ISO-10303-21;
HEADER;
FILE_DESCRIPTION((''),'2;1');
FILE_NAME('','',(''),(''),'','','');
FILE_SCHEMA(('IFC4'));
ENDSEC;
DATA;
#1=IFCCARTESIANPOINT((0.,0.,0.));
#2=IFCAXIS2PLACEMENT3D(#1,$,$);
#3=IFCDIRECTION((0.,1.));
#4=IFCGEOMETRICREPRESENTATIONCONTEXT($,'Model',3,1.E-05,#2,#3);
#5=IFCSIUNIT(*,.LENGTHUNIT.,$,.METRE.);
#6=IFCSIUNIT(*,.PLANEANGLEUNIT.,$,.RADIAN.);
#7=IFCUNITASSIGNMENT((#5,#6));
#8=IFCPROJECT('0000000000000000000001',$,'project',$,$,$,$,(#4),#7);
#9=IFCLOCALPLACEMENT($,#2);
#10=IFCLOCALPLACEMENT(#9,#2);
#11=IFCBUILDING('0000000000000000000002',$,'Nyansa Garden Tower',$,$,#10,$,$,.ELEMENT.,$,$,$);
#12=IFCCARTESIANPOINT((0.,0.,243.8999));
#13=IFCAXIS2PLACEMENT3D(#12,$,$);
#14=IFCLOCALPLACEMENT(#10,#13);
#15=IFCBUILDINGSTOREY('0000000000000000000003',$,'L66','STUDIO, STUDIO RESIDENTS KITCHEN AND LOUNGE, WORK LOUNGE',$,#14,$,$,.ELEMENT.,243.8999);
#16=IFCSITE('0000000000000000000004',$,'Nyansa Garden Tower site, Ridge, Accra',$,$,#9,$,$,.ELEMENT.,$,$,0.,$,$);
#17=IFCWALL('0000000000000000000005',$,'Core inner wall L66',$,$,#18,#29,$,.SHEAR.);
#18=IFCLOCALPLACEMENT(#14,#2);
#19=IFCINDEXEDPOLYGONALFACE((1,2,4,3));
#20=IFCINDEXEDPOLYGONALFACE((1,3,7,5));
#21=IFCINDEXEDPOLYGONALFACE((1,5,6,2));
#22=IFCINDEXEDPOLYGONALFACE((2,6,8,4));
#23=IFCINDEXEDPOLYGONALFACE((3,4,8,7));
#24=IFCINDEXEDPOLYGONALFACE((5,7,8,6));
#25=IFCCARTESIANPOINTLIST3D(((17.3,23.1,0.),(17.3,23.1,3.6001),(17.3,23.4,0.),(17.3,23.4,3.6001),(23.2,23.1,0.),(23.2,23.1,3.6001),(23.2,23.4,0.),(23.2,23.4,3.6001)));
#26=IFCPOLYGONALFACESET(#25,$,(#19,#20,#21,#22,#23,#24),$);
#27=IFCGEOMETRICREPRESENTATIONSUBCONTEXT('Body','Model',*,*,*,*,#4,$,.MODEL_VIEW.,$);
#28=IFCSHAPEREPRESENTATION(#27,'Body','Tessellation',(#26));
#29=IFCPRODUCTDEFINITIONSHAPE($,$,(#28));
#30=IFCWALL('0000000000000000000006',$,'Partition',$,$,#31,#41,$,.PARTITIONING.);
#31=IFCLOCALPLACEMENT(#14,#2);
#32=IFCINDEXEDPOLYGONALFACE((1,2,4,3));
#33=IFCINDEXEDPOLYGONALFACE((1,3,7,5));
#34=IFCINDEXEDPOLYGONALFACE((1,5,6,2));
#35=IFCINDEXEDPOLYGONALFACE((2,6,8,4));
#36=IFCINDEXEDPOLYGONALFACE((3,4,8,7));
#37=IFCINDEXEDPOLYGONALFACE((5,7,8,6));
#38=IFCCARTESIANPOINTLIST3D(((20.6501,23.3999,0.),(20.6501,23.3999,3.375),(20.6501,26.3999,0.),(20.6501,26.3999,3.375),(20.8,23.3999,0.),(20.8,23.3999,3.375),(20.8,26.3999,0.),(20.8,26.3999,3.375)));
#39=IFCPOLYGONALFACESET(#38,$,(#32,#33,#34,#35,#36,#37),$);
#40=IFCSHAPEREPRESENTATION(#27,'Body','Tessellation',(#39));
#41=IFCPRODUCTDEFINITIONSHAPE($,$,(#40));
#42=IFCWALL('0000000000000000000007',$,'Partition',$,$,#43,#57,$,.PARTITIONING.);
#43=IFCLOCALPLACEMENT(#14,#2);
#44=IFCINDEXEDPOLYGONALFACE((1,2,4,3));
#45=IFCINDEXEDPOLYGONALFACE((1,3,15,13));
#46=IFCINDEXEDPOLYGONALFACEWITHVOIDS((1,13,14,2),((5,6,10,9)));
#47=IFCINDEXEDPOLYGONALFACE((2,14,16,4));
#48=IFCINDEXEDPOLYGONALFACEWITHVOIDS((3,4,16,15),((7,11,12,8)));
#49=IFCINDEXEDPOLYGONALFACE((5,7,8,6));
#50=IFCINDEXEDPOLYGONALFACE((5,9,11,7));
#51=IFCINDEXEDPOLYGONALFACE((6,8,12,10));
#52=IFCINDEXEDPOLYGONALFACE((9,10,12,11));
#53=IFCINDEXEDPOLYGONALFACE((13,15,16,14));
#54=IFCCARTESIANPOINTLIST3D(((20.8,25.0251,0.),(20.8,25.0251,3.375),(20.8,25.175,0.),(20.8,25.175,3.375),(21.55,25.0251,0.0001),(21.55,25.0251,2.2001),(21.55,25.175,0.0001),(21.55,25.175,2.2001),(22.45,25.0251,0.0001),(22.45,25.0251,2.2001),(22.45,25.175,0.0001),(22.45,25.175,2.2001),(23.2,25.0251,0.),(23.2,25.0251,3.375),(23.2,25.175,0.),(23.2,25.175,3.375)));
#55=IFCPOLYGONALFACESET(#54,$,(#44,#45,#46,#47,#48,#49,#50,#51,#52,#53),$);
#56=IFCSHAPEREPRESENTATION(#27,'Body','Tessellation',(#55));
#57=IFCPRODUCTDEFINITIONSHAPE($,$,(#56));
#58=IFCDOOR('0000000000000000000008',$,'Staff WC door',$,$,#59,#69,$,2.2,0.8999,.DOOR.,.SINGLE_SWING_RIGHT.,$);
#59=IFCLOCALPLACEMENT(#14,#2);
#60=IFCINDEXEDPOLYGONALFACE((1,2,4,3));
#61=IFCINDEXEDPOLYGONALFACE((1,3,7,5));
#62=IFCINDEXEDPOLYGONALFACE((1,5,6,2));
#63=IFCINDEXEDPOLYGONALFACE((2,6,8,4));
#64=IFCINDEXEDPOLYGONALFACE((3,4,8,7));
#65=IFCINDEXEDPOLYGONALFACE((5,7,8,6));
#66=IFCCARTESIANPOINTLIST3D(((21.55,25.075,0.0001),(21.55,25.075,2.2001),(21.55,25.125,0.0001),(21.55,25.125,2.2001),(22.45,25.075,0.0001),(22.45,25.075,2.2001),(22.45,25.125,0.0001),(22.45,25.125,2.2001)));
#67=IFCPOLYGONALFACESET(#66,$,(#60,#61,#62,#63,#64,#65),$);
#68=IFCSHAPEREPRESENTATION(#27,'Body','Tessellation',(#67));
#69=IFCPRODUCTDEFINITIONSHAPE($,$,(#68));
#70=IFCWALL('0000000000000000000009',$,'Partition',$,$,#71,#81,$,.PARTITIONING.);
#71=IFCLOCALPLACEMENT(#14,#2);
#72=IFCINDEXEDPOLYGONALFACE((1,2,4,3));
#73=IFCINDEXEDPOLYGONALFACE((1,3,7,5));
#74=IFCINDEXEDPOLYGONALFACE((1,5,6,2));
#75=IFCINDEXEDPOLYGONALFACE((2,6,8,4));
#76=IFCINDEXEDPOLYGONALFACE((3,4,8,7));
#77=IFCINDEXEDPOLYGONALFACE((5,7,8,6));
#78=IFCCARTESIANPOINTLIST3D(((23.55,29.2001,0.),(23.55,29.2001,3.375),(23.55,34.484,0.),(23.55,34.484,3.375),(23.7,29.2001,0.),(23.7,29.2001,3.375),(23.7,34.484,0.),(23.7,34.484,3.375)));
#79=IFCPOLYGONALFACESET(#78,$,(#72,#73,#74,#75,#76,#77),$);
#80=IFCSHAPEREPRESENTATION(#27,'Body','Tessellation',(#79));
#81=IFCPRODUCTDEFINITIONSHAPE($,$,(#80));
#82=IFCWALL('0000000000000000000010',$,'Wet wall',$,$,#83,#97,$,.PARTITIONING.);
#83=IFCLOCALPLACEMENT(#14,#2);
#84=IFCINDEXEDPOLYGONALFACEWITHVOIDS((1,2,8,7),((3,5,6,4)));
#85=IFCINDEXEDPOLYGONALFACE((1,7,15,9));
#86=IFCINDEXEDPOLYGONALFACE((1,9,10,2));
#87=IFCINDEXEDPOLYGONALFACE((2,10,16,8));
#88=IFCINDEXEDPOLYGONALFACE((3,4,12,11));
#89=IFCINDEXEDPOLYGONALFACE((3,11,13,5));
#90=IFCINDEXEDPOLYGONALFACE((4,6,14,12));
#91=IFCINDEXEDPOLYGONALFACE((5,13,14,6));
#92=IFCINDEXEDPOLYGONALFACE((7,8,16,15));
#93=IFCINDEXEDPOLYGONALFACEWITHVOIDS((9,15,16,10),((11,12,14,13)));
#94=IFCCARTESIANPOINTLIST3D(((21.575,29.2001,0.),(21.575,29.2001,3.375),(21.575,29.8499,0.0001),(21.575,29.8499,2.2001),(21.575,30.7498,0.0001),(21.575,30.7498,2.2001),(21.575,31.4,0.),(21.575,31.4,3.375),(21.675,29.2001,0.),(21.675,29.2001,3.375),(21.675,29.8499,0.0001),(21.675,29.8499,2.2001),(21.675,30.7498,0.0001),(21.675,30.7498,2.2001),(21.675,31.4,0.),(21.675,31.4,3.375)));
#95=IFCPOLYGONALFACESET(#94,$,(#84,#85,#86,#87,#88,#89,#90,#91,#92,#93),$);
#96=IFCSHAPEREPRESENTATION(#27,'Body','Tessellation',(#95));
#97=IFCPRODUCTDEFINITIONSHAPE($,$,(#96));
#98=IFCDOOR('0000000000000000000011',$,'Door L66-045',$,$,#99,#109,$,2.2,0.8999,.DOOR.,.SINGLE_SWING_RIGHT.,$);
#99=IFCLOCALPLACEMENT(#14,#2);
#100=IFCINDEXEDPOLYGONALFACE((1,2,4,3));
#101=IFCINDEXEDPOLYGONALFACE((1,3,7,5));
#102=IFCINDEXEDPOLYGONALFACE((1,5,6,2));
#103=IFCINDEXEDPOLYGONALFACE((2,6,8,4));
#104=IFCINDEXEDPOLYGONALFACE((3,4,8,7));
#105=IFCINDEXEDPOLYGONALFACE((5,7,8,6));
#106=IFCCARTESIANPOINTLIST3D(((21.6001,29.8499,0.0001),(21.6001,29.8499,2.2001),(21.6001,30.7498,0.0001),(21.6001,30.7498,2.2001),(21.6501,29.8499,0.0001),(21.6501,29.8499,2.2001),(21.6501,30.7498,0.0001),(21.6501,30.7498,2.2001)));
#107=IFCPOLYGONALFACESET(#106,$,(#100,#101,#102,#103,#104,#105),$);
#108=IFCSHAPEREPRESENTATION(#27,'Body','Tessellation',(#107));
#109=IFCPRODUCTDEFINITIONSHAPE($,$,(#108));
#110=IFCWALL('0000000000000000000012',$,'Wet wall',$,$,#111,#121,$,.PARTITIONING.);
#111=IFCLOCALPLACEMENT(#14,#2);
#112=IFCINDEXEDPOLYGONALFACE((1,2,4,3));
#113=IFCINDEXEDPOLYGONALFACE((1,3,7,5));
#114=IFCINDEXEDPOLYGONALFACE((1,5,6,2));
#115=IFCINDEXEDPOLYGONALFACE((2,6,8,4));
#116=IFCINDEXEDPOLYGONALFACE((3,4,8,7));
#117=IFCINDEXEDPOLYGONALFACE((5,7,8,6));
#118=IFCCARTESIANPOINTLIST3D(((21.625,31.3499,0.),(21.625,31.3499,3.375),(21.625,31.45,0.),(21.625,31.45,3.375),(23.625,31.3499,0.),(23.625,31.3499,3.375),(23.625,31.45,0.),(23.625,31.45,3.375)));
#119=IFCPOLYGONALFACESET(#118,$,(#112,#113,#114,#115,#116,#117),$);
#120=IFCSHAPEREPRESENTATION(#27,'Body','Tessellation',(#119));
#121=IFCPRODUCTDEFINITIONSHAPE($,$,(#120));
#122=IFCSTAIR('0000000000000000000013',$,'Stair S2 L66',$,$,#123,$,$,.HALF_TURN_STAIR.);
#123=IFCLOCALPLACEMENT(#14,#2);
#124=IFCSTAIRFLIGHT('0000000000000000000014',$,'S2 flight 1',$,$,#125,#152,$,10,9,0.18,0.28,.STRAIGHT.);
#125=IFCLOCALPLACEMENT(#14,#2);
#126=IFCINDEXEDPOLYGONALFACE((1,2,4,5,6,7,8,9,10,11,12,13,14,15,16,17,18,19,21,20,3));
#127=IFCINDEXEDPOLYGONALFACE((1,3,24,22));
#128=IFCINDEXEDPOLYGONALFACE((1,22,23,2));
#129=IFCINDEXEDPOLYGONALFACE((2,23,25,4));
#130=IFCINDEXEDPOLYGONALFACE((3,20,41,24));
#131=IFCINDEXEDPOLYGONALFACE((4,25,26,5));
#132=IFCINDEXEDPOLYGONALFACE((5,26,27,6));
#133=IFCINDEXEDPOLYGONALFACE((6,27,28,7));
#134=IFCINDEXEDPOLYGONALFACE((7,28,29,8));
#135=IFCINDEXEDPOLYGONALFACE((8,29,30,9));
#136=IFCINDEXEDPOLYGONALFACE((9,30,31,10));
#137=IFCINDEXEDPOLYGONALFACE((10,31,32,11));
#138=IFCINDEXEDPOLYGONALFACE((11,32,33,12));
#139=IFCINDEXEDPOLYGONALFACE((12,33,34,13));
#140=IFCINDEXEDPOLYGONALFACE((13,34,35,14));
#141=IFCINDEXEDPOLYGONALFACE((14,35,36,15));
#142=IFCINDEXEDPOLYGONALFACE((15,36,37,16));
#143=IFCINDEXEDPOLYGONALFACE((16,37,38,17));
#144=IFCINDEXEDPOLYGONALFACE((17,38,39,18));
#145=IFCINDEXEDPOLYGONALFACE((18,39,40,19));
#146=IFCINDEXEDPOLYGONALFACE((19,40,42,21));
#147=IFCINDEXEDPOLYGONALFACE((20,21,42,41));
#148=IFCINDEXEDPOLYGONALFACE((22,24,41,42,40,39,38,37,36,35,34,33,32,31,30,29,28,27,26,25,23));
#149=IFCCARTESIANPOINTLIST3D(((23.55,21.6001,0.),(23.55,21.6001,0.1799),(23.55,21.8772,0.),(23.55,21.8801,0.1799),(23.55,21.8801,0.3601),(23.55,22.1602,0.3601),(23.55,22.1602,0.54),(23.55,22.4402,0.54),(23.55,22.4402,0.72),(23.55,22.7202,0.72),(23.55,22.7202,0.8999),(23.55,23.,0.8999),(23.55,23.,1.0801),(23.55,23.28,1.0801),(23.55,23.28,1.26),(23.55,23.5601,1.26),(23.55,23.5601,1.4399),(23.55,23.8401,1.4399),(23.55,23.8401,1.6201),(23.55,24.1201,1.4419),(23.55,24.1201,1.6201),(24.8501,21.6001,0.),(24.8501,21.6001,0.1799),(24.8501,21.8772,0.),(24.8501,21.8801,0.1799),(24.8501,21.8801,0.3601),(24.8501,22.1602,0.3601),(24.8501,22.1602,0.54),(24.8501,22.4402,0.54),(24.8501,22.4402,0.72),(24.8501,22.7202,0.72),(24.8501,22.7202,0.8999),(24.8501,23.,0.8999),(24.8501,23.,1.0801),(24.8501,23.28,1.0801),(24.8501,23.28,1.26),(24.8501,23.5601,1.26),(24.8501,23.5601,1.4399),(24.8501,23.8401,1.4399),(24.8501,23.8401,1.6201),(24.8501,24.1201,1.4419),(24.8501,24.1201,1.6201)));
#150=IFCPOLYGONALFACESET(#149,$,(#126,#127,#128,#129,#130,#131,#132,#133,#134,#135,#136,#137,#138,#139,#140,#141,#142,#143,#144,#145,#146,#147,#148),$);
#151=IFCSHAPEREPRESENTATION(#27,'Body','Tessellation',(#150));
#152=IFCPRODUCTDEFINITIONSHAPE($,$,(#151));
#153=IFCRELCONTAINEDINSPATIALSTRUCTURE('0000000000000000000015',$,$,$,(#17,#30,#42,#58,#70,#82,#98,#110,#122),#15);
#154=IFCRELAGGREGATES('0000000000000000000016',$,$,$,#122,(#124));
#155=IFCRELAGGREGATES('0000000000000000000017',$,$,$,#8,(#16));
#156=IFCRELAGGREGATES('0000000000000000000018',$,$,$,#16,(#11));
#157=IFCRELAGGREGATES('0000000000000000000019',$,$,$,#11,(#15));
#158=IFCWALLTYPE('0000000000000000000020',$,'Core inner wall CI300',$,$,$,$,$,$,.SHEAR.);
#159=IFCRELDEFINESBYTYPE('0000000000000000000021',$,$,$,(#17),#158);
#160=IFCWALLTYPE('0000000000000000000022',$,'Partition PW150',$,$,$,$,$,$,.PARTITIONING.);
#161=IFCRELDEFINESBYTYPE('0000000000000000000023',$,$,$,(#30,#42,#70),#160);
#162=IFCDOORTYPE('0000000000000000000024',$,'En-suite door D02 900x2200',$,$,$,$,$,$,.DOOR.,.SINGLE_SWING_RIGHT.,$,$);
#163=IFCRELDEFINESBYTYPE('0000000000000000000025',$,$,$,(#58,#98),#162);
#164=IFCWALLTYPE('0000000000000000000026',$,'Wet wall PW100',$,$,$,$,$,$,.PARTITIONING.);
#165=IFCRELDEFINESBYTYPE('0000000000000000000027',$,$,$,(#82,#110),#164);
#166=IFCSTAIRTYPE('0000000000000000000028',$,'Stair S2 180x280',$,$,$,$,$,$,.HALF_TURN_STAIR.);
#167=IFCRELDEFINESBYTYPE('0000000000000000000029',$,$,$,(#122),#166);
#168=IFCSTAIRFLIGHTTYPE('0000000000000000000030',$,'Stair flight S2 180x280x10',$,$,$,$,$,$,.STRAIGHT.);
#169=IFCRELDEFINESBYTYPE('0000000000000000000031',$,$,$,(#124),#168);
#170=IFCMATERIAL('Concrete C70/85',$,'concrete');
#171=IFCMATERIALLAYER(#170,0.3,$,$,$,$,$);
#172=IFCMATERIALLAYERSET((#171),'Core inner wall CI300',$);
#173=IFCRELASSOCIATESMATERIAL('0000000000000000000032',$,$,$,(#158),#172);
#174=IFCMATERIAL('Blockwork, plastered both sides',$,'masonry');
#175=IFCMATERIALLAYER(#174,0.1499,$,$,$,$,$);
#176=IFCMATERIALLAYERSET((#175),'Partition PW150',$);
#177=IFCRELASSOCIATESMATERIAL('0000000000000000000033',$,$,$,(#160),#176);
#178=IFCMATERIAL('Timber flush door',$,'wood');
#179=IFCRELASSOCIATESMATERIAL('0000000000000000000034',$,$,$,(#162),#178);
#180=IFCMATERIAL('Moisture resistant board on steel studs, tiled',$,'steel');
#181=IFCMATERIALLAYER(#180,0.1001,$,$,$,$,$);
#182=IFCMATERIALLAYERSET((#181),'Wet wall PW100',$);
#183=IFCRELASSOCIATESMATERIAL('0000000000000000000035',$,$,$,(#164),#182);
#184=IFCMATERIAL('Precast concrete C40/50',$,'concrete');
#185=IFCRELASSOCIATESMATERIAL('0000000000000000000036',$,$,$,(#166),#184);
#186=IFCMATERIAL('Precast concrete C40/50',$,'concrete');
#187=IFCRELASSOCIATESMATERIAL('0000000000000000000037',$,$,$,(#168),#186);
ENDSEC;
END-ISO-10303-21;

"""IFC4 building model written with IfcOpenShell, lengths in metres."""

from ifc_helpers import new_model, si_unit, direction, frame, frame_2d, origin, place, context, subcontext, project, spatial, polyline, rectangle, outline, extrude, material, layer, layer_set, type_object, element, fill, aggregate, save


model = new_model("IFC4")

# Units and contexts
model_context = context("Model", 3, precision=1e-05, world=origin(), true_north=direction((0.0, 1.0)))
body_context = subcontext(model_context, "Body", "Model", "MODEL_VIEW")
ifc_project = project(units=[si_unit("LENGTHUNIT", "METRE"), si_unit("PLANEANGLEUNIT", "RADIAN")], contexts=[model_context])

# Site, building, storey
site_placement = place(None, origin())
site = spatial("IfcSite", under=ifc_project, at=site_placement, Name="Nyansa Garden Tower site, Ridge, Accra", CompositionType="ELEMENT", RefElevation=0.0)
building_placement = place(site_placement, origin())
building = spatial("IfcBuilding", under=site, at=building_placement, Name="Nyansa Garden Tower", CompositionType="ELEMENT")
storey_placement = place(building_placement, frame((0.0, 0.0, 243.8999)))
storey = spatial("IfcBuildingStorey", under=building, at=storey_placement, Name="L66", Description="STUDIO, STUDIO RESIDENTS KITCHEN AND LOUNGE, WORK LOUNGE", CompositionType="ELEMENT", Elevation=243.8999)

# Walls
ifc_material_1 = material(Name="Concrete C70/85", Category="concrete")
ifc_layer_1 = layer(ifc_material_1, 0.3)
ifc_layer_set_1 = layer_set([ifc_layer_1], Name="Core inner wall CI300")
wall_type_1 = type_object("IfcWallType", Name="Core inner wall CI300", PredefinedType="SHEAR", material=ifc_layer_set_1)
wall_1_placement = place(storey_placement, frame((17.3, 23.25, 0.0), z_axis=(0.0, 0.0, 1.0), x_axis=(1.0, 0.0, 0.0)))
element("IfcWall", 1, at=wall_1_placement, inside=storey, type_object=wall_type_1, Name="Core inner wall L66", PredefinedType="SHEAR", context=body_context, shape_type="SweptSolid", body=[
    extrude(rectangle(XDim=5.8999, YDim=0.3, at=frame_2d((2.95, 0.0))), origin(), (0.0, 0.0, 1.0), 3.6001),
])
ifc_material_2 = material(Name="Blockwork, plastered both sides", Category="masonry")
ifc_layer_2 = layer(ifc_material_2, 0.1499)
ifc_layer_set_2 = layer_set([ifc_layer_2], Name="Partition PW150")
wall_type_2 = type_object("IfcWallType", Name="Partition PW150", PredefinedType="PARTITIONING", material=ifc_layer_set_2)
wall_2_placement = place(storey_placement, frame((20.7251, 23.3999, 0.0), z_axis=(0.0, 0.0, 1.0), x_axis=(0.0, 1.0, 0.0)))
element("IfcWall", 2, at=wall_2_placement, inside=storey, type_object=wall_type_2, Name="Partition", PredefinedType="PARTITIONING", context=body_context, shape_type="SweptSolid", body=[
    extrude(rectangle(XDim=3.0, YDim=0.1499, at=frame_2d((1.5, 0.0))), origin(), (0.0, 0.0, 1.0), 3.375),
])

# Wall, opening, door
wall_3_placement = place(storey_placement, frame((20.8, 25.1001, 0.0), z_axis=(0.0, 0.0, 1.0), x_axis=(1.0, 0.0, 0.0)))
wall_3 = element("IfcWall", 3, at=wall_3_placement, inside=storey, type_object=wall_type_2, Name="Partition", PredefinedType="PARTITIONING", context=body_context, shape_type="SweptSolid", body=[
    extrude(rectangle(XDim=2.3999, YDim=0.1499, at=frame_2d((1.2, 0.0))), origin(), (0.0, 0.0, 1.0), 3.375),
])
opening_1_placement = place(wall_3_placement, frame((0.75, 0.0, 0.0)))
opening_1 = element("IfcOpeningElement", 4, at=opening_1_placement, cuts=wall_3, PredefinedType="OPENING", context=body_context, shape_type="SweptSolid", body=[
    extrude(rectangle(XDim=0.8999, YDim=2.2, at=frame_2d((0.45, 1.1001))), frame((0.0, 0.085, 0.0), z_axis=(0.0, -1.0, 0.0), x_axis=(1.0, 0.0, 0.0)), (0.0, 0.0, 1.0), 0.1699),
])
ifc_material_3 = material(Name="Timber flush door", Category="wood")
door_type = type_object("IfcDoorType", Name="En-suite door D02 900x2200", OperationType="SINGLE_SWING_RIGHT", PredefinedType="DOOR", material=ifc_material_3)
door_1_placement = place(opening_1_placement, origin())
door_1 = element("IfcDoor", 5, at=door_1_placement, inside=storey, type_object=door_type, Name="Staff WC door", OperationType="SINGLE_SWING_RIGHT", OverallHeight=2.2, OverallWidth=0.8999, PredefinedType="DOOR", context=body_context, shape_type="SweptSolid", body=[
    extrude(rectangle(XDim=0.8999, YDim=2.2, at=frame_2d((0.45, 1.1001))), frame((0.0, 0.0249, 0.0), z_axis=(0.0, -1.0, 0.0), x_axis=(1.0, 0.0, 0.0)), (0.0, 0.0, 1.0), 0.05),
])
fill(opening_1, door_1)

# Wall
wall_4_placement = place(storey_placement, frame((23.625, 29.2, 0.0), z_axis=(0.0, 0.0, 1.0), x_axis=(0.0, 1.0, 0.0)))
element("IfcWall", 6, at=wall_4_placement, inside=storey, type_object=wall_type_2, Name="Partition", PredefinedType="PARTITIONING", context=body_context, shape_type="SweptSolid", body=[
    extrude(rectangle(XDim=5.2839, YDim=0.1499, at=frame_2d((2.6421, 0.0))), origin(), (0.0, 0.0, 1.0), 3.375),
])

# Wall, opening, door
ifc_material_4 = material(Name="Moisture resistant board on steel studs, tiled", Category="steel")
ifc_layer_3 = layer(ifc_material_4, 0.1001)
ifc_layer_set_3 = layer_set([ifc_layer_3], Name="Wet wall PW100")
wall_type_3 = type_object("IfcWallType", Name="Wet wall PW100", PredefinedType="PARTITIONING", material=ifc_layer_set_3)
wall_5_placement = place(storey_placement, frame((21.625, 29.2, 0.0), z_axis=(0.0, 0.0, 1.0), x_axis=(0.0, 1.0, 0.0)))
wall_5 = element("IfcWall", 7, at=wall_5_placement, inside=storey, type_object=wall_type_3, Name="Wet wall", PredefinedType="PARTITIONING", context=body_context, shape_type="SweptSolid", body=[
    extrude(rectangle(XDim=2.2, YDim=0.1001, at=frame_2d((1.1001, 0.0))), origin(), (0.0, 0.0, 1.0), 3.375),
])
opening_2_placement = place(wall_5_placement, frame((0.6499, 0.0, 0.0)))
opening_2 = element("IfcOpeningElement", 8, at=opening_2_placement, cuts=wall_5, PredefinedType="OPENING", context=body_context, shape_type="SweptSolid", body=[
    extrude(rectangle(XDim=0.8999, YDim=2.2, at=frame_2d((0.45, 1.1001))), frame((0.0, 0.0601, 0.0), z_axis=(0.0, -1.0, 0.0), x_axis=(1.0, 0.0, 0.0)), (0.0, 0.0, 1.0), 0.1201),
])
door_2_placement = place(opening_2_placement, origin())
door_2 = element("IfcDoor", 9, at=door_2_placement, inside=storey, type_object=door_type, Name="Door L66-045", OperationType="SINGLE_SWING_RIGHT", OverallHeight=2.2, OverallWidth=0.8999, PredefinedType="DOOR", context=body_context, shape_type="SweptSolid", body=[
    extrude(rectangle(XDim=0.8999, YDim=2.2, at=frame_2d((0.45, 1.1001))), frame((0.0, 0.0249, 0.0), z_axis=(0.0, -1.0, 0.0), x_axis=(1.0, 0.0, 0.0)), (0.0, 0.0, 1.0), 0.05),
])
fill(opening_2, door_2)

# Wall
wall_6_placement = place(storey_placement, frame((21.625, 31.3999, 0.0), z_axis=(0.0, 0.0, 1.0), x_axis=(1.0, 0.0, 0.0)))
element("IfcWall", 10, at=wall_6_placement, inside=storey, type_object=wall_type_3, Name="Wet wall", PredefinedType="PARTITIONING", context=body_context, shape_type="SweptSolid", body=[
    extrude(rectangle(XDim=2.0, YDim=0.1001, at=frame_2d((1.0, 0.0))), origin(), (0.0, 0.0, 1.0), 3.375),
])

# Stair, stair flight
ifc_material_5 = material(Name="Precast concrete C40/50", Category="concrete")
stair_type = type_object("IfcStairType", Name="Stair S2 180x280", PredefinedType="HALF_TURN_STAIR", material=ifc_material_5)
stair_placement = place(storey_placement, origin())
stair = element("IfcStair", 11, at=stair_placement, inside=storey, type_object=stair_type, Name="Stair S2 L66", PredefinedType="HALF_TURN_STAIR")
ifc_material_6 = material(Name="Precast concrete C40/50", Category="concrete")
stair_flight_type = type_object("IfcStairFlightType", Name="Stair flight S2 180x280x10", PredefinedType="STRAIGHT", material=ifc_material_6)
stair_flight_1_placement = place(storey_placement, frame((24.2, 21.6001, 0.0), z_axis=(0.0, 0.0, 1.0), x_axis=(0.0, 1.0, 0.0)))
stair_flight_1 = element("IfcStairFlight", 12, at=stair_flight_1_placement, type_object=stair_flight_type, Name="S2 flight 1", NumberOfRisers=10, NumberOfTreads=9, PredefinedType="STRAIGHT", RiserHeight=0.18, TreadLength=0.28, context=body_context, shape_type="SweptSolid", body=[
    extrude(outline(polyline([(0.0, 0.0), (0.0, 0.1799), (0.28, 0.1799), (0.28, 0.3601), (0.5601, 0.3601), (0.5601, 0.54), (0.8401, 0.54), (0.8401, 0.72), (1.1201, 0.72), (1.1201, 0.8999), (1.3999, 0.8999), (1.3999, 1.0801), (1.6799, 1.0801), (1.6799, 1.26), (1.96, 1.26), (1.96, 1.4399), (2.24, 1.4399), (2.24, 1.6201), (2.52, 1.6201), (2.52, 1.8), (2.52, 1.4419), (0.2771, 0.0), (0.0, 0.0)])), frame((0.0, 0.6499, 0.0), z_axis=(0.0, -1.0, 0.0), x_axis=(1.0, 0.0, 0.0)), (0.0, 0.0, 1.0), 1.3),
])
aggregate(stair, [stair_flight_1])

save(model, "model.ifc")
